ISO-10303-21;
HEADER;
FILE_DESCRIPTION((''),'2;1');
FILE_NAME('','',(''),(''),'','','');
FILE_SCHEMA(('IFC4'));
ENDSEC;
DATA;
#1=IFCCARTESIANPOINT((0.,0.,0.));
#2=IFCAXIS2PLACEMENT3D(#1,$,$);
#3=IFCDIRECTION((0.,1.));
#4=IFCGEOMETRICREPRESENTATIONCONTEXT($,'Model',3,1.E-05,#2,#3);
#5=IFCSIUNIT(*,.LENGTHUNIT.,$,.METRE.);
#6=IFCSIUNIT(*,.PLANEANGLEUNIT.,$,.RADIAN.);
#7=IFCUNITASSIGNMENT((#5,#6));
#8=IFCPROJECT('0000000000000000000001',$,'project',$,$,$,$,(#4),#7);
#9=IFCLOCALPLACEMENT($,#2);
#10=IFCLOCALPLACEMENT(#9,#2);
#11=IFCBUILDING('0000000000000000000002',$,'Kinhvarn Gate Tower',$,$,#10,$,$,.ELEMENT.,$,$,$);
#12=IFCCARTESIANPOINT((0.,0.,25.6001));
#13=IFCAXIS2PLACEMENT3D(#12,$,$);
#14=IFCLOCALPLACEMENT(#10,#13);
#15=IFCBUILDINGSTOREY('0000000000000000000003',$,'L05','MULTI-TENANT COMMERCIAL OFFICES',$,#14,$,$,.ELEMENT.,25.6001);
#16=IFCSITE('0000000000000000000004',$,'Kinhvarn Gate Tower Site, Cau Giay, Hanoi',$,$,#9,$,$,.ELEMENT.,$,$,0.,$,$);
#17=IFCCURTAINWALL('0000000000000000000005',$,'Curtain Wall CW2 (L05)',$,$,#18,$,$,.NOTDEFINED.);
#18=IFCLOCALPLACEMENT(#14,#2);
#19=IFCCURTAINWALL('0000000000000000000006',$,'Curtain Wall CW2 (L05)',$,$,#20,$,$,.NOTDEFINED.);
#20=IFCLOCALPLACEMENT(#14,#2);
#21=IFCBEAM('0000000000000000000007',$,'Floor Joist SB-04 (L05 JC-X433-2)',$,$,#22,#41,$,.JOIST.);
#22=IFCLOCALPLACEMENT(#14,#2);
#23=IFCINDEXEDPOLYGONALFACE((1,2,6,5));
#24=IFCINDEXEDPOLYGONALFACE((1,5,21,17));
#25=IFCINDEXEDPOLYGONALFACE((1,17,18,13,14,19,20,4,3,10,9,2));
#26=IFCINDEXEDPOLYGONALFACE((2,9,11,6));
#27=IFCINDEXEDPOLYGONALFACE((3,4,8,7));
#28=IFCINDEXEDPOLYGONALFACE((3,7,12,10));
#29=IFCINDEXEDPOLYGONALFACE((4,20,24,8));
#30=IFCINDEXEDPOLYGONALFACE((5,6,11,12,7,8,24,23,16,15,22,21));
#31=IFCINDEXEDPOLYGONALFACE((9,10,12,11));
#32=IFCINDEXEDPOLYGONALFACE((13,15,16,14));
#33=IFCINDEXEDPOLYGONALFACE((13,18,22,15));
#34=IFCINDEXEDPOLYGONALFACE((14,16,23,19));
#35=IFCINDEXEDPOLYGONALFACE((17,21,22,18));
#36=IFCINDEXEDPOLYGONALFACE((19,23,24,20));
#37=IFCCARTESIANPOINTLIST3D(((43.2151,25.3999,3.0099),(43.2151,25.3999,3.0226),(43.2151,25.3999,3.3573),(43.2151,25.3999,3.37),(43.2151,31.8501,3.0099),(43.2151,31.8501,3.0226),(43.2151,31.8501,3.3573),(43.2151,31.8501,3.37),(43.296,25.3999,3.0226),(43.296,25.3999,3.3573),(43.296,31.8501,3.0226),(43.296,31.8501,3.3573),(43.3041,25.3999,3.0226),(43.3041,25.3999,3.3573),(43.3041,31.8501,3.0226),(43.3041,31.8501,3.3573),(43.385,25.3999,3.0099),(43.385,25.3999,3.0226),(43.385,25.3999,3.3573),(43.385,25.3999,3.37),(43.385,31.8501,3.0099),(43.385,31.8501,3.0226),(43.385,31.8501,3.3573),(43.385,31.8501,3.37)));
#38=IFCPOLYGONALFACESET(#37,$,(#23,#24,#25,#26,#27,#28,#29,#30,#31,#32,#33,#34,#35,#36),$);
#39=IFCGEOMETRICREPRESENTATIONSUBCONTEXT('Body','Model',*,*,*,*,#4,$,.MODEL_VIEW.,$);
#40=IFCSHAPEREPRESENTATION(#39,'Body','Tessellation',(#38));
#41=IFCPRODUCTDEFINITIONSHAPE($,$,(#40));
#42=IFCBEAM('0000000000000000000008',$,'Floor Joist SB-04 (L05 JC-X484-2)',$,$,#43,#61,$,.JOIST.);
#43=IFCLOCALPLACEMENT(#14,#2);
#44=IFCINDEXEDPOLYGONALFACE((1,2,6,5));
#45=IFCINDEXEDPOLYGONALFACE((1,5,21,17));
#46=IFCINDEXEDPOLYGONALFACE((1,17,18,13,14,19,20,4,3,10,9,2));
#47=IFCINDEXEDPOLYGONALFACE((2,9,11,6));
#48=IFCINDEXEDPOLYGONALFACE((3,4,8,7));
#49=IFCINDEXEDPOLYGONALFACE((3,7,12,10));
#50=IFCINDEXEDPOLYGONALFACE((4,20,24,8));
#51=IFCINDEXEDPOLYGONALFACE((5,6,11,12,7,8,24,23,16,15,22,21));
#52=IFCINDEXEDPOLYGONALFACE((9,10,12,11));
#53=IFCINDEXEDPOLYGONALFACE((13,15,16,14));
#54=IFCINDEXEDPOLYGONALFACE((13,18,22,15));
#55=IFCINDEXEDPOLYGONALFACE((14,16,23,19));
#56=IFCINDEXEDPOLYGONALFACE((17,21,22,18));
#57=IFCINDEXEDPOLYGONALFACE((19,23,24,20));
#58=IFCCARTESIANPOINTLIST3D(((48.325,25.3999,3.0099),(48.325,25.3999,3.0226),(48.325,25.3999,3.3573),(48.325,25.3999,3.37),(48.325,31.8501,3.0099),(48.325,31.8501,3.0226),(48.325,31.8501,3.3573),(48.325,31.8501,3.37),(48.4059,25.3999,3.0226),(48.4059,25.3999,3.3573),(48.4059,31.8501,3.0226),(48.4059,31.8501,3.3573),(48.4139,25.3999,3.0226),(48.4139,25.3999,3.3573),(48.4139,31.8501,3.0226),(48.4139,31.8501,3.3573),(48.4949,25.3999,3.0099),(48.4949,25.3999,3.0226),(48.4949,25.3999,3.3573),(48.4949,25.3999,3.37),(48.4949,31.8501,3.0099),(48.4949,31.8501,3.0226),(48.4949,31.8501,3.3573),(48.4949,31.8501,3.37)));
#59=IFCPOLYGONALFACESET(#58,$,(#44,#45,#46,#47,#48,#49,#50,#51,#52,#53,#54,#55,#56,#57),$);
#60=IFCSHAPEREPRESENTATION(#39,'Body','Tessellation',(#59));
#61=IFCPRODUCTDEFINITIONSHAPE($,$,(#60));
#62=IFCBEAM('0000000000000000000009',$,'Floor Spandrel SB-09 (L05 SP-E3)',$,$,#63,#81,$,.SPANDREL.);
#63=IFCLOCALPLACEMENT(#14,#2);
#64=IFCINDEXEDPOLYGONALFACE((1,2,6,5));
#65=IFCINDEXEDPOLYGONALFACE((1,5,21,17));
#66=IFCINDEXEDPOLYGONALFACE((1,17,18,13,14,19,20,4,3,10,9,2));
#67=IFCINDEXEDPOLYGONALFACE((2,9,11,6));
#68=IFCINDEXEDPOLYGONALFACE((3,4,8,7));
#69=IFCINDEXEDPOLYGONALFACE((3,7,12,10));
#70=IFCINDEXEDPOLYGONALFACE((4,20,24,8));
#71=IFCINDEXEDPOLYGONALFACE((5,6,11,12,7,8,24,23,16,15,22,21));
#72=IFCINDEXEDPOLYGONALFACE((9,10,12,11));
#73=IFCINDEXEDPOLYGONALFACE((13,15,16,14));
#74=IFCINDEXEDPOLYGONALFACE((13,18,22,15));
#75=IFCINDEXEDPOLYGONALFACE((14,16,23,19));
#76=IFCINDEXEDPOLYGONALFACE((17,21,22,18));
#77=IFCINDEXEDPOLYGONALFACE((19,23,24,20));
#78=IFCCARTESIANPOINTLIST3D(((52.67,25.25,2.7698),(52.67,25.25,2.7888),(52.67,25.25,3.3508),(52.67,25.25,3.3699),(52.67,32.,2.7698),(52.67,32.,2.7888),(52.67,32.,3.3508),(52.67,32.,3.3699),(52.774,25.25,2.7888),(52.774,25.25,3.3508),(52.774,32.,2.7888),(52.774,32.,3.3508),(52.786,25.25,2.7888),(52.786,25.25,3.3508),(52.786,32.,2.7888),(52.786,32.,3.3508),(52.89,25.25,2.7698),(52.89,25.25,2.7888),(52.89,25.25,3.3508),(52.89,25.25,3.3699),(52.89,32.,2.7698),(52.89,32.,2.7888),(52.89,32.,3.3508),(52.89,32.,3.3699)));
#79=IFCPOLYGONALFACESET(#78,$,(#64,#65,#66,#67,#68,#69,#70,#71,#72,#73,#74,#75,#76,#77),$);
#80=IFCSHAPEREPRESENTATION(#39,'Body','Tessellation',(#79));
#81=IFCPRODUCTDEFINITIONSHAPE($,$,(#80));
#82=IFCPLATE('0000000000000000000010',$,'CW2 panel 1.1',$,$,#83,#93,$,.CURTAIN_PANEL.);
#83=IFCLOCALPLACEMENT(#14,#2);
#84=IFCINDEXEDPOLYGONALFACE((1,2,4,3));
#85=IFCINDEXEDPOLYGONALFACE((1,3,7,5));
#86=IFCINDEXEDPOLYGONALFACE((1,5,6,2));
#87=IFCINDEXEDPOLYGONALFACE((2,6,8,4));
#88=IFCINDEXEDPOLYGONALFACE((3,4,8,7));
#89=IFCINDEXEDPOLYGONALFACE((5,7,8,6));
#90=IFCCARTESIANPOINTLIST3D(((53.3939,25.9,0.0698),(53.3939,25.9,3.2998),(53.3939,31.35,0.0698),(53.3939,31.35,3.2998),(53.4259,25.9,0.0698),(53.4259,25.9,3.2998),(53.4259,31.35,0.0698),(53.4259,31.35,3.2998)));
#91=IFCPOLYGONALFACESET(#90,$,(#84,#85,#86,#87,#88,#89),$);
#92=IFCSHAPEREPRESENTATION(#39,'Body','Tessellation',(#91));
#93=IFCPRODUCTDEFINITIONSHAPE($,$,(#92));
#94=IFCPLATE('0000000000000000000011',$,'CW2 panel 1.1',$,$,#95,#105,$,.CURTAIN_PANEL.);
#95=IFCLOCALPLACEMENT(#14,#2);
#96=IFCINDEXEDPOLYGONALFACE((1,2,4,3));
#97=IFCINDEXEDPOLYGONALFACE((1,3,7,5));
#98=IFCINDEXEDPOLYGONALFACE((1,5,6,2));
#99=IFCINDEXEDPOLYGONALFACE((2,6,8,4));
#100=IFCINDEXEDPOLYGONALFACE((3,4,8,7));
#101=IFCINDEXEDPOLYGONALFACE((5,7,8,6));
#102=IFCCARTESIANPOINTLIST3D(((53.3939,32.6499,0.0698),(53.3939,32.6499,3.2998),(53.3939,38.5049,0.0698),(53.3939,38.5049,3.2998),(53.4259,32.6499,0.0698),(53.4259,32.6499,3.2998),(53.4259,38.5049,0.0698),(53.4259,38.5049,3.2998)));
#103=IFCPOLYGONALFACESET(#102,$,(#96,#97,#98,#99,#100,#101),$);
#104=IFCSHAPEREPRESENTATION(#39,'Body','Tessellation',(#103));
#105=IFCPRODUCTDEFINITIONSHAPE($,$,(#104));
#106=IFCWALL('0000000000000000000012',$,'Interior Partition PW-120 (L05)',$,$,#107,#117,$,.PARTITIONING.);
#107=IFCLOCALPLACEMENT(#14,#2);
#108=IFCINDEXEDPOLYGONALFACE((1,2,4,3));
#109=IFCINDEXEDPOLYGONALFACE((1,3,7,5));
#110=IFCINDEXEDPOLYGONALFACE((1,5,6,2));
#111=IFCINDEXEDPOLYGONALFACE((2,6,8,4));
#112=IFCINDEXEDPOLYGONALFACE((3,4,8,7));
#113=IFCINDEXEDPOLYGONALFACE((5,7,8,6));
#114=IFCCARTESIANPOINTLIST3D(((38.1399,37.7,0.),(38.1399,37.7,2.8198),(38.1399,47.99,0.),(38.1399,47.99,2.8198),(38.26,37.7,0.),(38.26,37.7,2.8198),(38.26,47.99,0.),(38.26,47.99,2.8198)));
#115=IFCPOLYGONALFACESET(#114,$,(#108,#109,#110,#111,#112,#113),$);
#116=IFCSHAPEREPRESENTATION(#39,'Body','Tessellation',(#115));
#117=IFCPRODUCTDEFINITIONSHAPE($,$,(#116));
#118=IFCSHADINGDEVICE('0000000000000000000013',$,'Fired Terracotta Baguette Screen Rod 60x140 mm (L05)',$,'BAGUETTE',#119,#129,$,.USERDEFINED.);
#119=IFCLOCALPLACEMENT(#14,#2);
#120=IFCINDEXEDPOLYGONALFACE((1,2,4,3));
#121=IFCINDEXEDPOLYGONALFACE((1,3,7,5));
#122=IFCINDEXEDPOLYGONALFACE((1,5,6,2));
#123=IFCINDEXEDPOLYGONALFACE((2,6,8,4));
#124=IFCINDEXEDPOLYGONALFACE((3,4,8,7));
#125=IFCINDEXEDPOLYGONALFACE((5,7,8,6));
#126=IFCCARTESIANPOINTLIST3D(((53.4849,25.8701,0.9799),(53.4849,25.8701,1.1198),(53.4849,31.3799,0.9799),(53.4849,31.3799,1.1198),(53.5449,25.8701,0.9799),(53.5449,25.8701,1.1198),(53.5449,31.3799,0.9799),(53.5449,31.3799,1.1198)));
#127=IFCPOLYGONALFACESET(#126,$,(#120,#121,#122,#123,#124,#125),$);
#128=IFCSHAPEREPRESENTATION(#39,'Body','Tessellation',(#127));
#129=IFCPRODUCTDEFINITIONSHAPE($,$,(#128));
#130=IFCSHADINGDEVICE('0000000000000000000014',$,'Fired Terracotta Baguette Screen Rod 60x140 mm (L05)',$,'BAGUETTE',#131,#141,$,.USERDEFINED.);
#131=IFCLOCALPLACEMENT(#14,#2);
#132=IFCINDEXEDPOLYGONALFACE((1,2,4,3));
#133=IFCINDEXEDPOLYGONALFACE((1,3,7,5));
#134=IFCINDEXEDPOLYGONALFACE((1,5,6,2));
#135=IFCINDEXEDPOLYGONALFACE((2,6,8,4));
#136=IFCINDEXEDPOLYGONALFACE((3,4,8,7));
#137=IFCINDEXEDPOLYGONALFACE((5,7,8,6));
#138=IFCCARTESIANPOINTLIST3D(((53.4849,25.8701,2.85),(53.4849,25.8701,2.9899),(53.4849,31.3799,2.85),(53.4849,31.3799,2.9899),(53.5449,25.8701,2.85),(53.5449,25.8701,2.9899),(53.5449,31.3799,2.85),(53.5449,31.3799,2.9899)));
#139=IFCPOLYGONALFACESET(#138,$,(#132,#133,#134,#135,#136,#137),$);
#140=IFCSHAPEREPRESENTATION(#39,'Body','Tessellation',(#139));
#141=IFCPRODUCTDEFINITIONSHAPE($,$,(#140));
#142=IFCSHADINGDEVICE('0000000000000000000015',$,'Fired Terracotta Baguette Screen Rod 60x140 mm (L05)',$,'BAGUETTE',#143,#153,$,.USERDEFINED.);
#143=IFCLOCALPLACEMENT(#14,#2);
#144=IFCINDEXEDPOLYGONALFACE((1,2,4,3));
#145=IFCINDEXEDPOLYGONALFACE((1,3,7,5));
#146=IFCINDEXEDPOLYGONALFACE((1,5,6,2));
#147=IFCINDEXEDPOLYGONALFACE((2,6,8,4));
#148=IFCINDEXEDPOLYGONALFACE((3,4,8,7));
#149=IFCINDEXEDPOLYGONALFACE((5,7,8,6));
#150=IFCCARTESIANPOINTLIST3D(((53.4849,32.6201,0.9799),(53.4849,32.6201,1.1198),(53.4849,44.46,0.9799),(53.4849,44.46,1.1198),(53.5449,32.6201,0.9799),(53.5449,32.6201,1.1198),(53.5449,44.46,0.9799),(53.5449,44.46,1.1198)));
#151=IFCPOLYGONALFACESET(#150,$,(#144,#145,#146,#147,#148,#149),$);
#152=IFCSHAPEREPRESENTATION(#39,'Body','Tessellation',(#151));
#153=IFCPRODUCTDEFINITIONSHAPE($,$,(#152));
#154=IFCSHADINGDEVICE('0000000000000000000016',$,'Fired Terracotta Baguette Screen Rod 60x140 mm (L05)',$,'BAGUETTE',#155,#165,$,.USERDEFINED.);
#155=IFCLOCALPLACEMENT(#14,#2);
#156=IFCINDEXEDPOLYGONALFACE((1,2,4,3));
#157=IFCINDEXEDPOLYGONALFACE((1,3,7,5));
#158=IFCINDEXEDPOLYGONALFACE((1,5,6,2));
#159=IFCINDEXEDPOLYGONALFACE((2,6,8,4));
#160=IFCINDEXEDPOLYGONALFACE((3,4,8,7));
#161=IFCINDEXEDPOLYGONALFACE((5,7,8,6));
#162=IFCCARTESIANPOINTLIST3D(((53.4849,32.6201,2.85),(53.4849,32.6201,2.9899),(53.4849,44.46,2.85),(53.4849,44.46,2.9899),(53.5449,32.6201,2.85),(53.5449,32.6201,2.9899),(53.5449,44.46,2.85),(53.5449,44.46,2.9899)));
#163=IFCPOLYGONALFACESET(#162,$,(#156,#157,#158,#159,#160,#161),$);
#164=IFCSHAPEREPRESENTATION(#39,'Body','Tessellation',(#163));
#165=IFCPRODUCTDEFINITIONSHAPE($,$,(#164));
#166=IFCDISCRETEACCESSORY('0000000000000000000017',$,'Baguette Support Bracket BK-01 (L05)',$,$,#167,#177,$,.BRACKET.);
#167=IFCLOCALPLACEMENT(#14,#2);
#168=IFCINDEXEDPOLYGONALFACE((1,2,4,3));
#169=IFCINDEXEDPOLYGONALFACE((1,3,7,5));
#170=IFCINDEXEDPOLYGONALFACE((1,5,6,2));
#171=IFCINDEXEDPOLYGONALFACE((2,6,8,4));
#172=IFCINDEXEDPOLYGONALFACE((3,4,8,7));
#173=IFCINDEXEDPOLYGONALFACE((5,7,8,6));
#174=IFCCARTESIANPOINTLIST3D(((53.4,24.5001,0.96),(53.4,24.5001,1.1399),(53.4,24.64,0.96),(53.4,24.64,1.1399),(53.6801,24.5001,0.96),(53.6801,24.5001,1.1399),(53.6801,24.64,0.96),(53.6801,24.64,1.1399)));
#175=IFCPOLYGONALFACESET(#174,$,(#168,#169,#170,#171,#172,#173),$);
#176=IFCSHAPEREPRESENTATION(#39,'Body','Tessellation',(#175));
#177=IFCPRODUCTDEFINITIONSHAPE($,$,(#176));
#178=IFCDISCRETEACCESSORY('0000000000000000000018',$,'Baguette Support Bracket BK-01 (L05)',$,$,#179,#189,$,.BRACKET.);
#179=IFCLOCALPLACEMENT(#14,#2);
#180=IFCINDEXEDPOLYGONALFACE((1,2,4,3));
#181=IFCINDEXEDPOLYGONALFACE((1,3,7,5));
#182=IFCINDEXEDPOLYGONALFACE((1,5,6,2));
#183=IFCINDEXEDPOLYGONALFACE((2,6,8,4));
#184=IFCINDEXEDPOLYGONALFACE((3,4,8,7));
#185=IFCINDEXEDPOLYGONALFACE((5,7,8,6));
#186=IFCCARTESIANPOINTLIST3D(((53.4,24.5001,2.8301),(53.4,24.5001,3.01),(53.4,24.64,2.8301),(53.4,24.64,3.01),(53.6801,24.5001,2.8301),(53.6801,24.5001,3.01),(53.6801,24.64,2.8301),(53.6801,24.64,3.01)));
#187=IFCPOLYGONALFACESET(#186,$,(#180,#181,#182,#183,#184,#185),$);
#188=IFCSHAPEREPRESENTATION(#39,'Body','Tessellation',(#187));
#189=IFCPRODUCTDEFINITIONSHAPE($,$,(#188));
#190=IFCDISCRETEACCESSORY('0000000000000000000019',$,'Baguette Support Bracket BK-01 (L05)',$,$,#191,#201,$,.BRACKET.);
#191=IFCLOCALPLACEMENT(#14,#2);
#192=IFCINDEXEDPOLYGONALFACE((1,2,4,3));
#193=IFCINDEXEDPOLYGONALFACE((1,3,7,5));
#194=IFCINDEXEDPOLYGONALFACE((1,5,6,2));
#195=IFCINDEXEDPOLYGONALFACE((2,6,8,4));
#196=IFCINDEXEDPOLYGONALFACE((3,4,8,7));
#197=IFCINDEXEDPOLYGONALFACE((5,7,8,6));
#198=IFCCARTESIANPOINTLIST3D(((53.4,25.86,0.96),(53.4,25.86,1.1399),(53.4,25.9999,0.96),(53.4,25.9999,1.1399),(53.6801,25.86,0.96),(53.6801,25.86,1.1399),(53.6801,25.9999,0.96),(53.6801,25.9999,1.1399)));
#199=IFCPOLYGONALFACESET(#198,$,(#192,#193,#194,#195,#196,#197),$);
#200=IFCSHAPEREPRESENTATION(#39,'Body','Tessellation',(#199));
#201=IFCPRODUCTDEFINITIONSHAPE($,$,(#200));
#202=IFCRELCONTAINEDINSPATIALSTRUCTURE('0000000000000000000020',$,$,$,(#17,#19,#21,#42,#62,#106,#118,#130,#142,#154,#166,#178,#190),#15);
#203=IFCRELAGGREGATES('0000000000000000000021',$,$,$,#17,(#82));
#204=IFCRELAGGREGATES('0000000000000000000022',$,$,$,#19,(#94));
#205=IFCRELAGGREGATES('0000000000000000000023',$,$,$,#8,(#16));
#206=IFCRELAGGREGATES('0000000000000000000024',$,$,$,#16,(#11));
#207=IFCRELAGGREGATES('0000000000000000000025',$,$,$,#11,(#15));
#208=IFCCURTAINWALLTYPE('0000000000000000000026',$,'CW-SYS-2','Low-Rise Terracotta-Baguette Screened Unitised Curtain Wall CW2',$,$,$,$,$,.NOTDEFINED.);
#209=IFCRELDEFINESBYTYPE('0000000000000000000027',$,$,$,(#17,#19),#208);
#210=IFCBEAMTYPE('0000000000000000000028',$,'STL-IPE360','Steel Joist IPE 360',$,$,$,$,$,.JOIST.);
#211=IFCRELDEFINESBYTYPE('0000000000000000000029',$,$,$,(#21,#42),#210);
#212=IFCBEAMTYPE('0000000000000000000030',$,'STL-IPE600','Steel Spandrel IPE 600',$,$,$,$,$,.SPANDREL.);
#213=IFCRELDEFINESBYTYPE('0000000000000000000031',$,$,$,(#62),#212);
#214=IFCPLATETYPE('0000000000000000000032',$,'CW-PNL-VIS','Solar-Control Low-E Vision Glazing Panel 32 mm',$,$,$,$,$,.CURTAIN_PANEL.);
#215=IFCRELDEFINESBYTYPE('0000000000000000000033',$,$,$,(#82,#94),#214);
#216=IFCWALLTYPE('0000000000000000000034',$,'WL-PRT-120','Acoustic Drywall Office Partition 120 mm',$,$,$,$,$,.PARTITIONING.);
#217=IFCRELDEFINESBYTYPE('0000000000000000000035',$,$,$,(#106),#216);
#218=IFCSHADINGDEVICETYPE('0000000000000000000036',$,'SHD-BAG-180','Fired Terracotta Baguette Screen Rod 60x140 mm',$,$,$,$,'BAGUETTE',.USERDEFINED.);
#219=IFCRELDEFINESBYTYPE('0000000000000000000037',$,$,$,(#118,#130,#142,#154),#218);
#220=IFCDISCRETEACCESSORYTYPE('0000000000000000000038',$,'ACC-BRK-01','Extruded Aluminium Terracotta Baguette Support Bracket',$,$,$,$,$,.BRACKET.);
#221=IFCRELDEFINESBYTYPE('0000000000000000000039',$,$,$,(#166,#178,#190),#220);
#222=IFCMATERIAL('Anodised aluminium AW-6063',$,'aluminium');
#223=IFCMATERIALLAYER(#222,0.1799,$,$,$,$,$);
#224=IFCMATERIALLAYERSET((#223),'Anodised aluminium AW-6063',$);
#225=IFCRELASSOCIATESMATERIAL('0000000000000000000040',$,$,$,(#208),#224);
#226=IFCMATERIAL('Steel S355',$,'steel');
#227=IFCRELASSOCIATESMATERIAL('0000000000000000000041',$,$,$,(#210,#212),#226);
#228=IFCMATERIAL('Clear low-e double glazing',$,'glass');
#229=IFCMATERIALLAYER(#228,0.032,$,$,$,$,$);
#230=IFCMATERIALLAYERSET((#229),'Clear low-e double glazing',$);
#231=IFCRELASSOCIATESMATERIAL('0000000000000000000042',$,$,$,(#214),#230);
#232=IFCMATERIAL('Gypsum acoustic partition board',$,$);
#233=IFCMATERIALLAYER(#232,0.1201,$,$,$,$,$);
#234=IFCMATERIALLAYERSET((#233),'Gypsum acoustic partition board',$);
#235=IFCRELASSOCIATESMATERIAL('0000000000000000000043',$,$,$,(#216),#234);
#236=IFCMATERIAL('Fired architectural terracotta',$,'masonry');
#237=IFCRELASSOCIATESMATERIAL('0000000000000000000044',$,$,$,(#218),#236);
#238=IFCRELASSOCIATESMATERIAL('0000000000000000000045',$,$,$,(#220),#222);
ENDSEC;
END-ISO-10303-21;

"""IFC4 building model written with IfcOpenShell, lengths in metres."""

from ifc_helpers import new_model, si_unit, direction, frame, frame_2d, origin, origin_2d, place, context, subcontext, project, spatial, rectangle, i_section, extrude, material, layer, layer_set, material_profile, profile_set, type_object, element, aggregate, save


model = new_model("IFC4")

# Units and contexts
model_context = context("Model", 3, precision=1e-05, world=origin(), true_north=direction((0.0, 1.0)))
body_context = subcontext(model_context, "Body", "Model", "MODEL_VIEW")
ifc_project = project(units=[si_unit("LENGTHUNIT", "METRE"), si_unit("PLANEANGLEUNIT", "RADIAN")], contexts=[model_context])

# Site, building, storey
site_placement = place(None, origin())
site = spatial("IfcSite", under=ifc_project, at=site_placement, Name="Kinhvarn Gate Tower Site, Cau Giay, Hanoi", CompositionType="ELEMENT", RefElevation=0.0)
building_placement = place(site_placement, origin())
building = spatial("IfcBuilding", under=site, at=building_placement, Name="Kinhvarn Gate Tower", CompositionType="ELEMENT")
storey_placement = place(building_placement, frame((0.0, 0.0, 25.6001)))
storey = spatial("IfcBuildingStorey", under=building, at=storey_placement, Name="L05", Description="MULTI-TENANT COMMERCIAL OFFICES", CompositionType="ELEMENT", Elevation=25.6001)

# Shared definitions
ifc_material_1 = material(Name="Anodised aluminium AW-6063", Category="aluminium")
ifc_layer_1 = layer(ifc_material_1, 0.1799)
ifc_layer_set_1 = layer_set([ifc_layer_1], Name="Anodised aluminium AW-6063")
curtain_wall_type = type_object("IfcCurtainWallType", Name="CW-SYS-2", Description="Low-Rise Terracotta-Baguette Screened Unitised Curtain Wall CW2", PredefinedType="NOTDEFINED", material=ifc_layer_set_1)

# Curtain walls
curtain_wall_1_placement = place(storey_placement, origin())
curtain_wall_1 = element("IfcCurtainWall", 1, at=curtain_wall_1_placement, inside=storey, type_object=curtain_wall_type, Name="Curtain Wall CW2 (L05)", PredefinedType="NOTDEFINED")
curtain_wall_2_placement = place(storey_placement, origin())
curtain_wall_2 = element("IfcCurtainWall", 2, at=curtain_wall_2_placement, inside=storey, type_object=curtain_wall_type, Name="Curtain Wall CW2 (L05)", PredefinedType="NOTDEFINED")

# Beams
ifc_material_2 = material(Name="Steel S355", Category="steel")
ifc_material_profile_1 = material_profile(ifc_material_2, i_section(OverallWidth=0.1699, OverallDepth=0.3601, WebThickness=0.0081, FlangeThickness=0.0127, at=origin_2d()), Name="IPE 360")
ifc_profile_set_1 = profile_set([ifc_material_profile_1], Name="Steel S355")
beam_type_1 = type_object("IfcBeamType", Name="STL-IPE360", Description="Steel Joist IPE 360", PredefinedType="JOIST", material=ifc_profile_set_1)
for number, where, z_axis, x_axis, name in (
    (3, (43.3, 25.3999, 3.1899), (0.0, 1.0, 0.0), (-1.0, 0.0, 0.0), "Floor Joist SB-04 (L05 JC-X433-2)"),
    (4, (48.4099, 25.3999, 3.1899), (0.0, 1.0, 0.0), (-1.0, 0.0, 0.0), "Floor Joist SB-04 (L05 JC-X484-2)"),
):
    element("IfcBeam", number, at=place(storey_placement, frame(where, z_axis=z_axis, x_axis=x_axis)), inside=storey, type_object=beam_type_1, Name=name, PredefinedType="JOIST", context=body_context, shape_type="SweptSolid", body=[
        extrude(i_section(OverallWidth=0.1699, OverallDepth=0.3601, WebThickness=0.0081, FlangeThickness=0.0127, at=origin_2d()), origin(), (0.0, 0.0, 1.0), 6.4502),
    ])
ifc_material_profile_2 = material_profile(ifc_material_2, i_section(OverallWidth=0.22, OverallDepth=0.6001, WebThickness=0.012, FlangeThickness=0.019, at=origin_2d()), Name="IPE 600")
ifc_profile_set_2 = profile_set([ifc_material_profile_2], Name="Steel S355")
beam_type_2 = type_object("IfcBeamType", Name="STL-IPE600", Description="Steel Spandrel IPE 600", PredefinedType="SPANDREL", material=ifc_profile_set_2)
beam_1_placement = place(storey_placement, frame((52.78, 25.25, 3.0698), z_axis=(0.0, 1.0, 0.0), x_axis=(-1.0, 0.0, 0.0)))
element("IfcBeam", 5, at=beam_1_placement, inside=storey, type_object=beam_type_2, Name="Floor Spandrel SB-09 (L05 SP-E3)", PredefinedType="SPANDREL", context=body_context, shape_type="SweptSolid", body=[
    extrude(i_section(OverallWidth=0.22, OverallDepth=0.6001, WebThickness=0.012, FlangeThickness=0.019, at=origin_2d()), origin(), (0.0, 0.0, 1.0), 6.75),
])

# Plates
ifc_material_3 = material(Name="Clear low-e double glazing", Category="glass")
ifc_layer_2 = layer(ifc_material_3, 0.032)
ifc_layer_set_2 = layer_set([ifc_layer_2], Name="Clear low-e double glazing")
plate_type = type_object("IfcPlateType", Name="CW-PNL-VIS", Description="Solar-Control Low-E Vision Glazing Panel 32 mm", PredefinedType="CURTAIN_PANEL", material=ifc_layer_set_2)
plate_1_placement = place(storey_placement, frame((53.4099, 28.625, 0.0698), z_axis=(0.0, 0.0, 1.0), x_axis=(0.0, 1.0, 0.0)))
plate_1 = element("IfcPlate", 6, at=plate_1_placement, type_object=plate_type, Name="CW2 panel 1.1", PredefinedType="CURTAIN_PANEL", context=body_context, shape_type="SweptSolid", body=[
    extrude(rectangle(XDim=5.45, YDim=0.032, at=origin_2d()), origin(), (0.0, 0.0, 1.0), 3.23),
])
aggregate(curtain_wall_1, [plate_1])
plate_2_placement = place(storey_placement, frame((53.4099, 35.5774, 0.0698), z_axis=(0.0, 0.0, 1.0), x_axis=(0.0, 1.0, 0.0)))
plate_2 = element("IfcPlate", 7, at=plate_2_placement, type_object=plate_type, Name="CW2 panel 1.1", PredefinedType="CURTAIN_PANEL", context=body_context, shape_type="SweptSolid", body=[
    extrude(rectangle(XDim=5.855, YDim=0.032, at=origin_2d()), origin(), (0.0, 0.0, 1.0), 3.23),
])
aggregate(curtain_wall_2, [plate_2])

# Wall
ifc_material_4 = material(Name="Gypsum acoustic partition board")
ifc_layer_3 = layer(ifc_material_4, 0.1201)
ifc_layer_set_3 = layer_set([ifc_layer_3], Name="Gypsum acoustic partition board")
wall_type = type_object("IfcWallType", Name="WL-PRT-120", Description="Acoustic Drywall Office Partition 120 mm", PredefinedType="PARTITIONING", material=ifc_layer_set_3)
wall_placement = place(storey_placement, frame((38.2, 37.7, 0.0), z_axis=(0.0, 0.0, 1.0), x_axis=(0.0, 1.0, 0.0)))
element("IfcWall", 8, at=wall_placement, inside=storey, type_object=wall_type, Name="Interior Partition PW-120 (L05)", PredefinedType="PARTITIONING", context=body_context, shape_type="SweptSolid", body=[
    extrude(rectangle(XDim=10.29, YDim=0.1201, at=frame_2d((5.145, 0.0))), origin(), (0.0, 0.0, 1.0), 2.8198),
])

# Shading devices
ifc_material_5 = material(Name="Fired architectural terracotta", Category="masonry")
ifc_material_profile_3 = material_profile(ifc_material_5, rectangle(XDim=0.0601, YDim=0.1399, at=origin_2d()), Name="TC 60x140")
ifc_profile_set_3 = profile_set([ifc_material_profile_3], Name="Fired architectural terracotta")
shading_device_type = type_object("IfcShadingDeviceType", Name="SHD-BAG-180", Description="Fired Terracotta Baguette Screen Rod 60x140 mm", ElementType="BAGUETTE", PredefinedType="USERDEFINED", material=ifc_profile_set_3)
for number, where, z_axis, x_axis, name in (
    (9, (53.5149, 25.8701, 1.0498), (0.0, 1.0, 0.0), (-1.0, 0.0, 0.0), "Fired Terracotta Baguette Screen Rod 60x140 mm (L05)"),
    (10, (53.5149, 25.8701, 2.9199), (0.0, 1.0, 0.0), (-1.0, 0.0, 0.0), "Fired Terracotta Baguette Screen Rod 60x140 mm (L05)"),
):
    element("IfcShadingDevice", number, at=place(storey_placement, frame(where, z_axis=z_axis, x_axis=x_axis)), inside=storey, type_object=shading_device_type, Name=name, ObjectType="BAGUETTE", PredefinedType="USERDEFINED", context=body_context, shape_type="SweptSolid", body=[
        extrude(rectangle(XDim=0.0601, YDim=0.1399, at=origin_2d()), origin(), (0.0, 0.0, 1.0), 5.5098),
    ])
for number, where, z_axis, x_axis, name in (
    (11, (53.5149, 32.6201, 1.0498), (0.0, 1.0, 0.0), (-1.0, 0.0, 0.0), "Fired Terracotta Baguette Screen Rod 60x140 mm (L05)"),
    (12, (53.5149, 32.6201, 2.9199), (0.0, 1.0, 0.0), (-1.0, 0.0, 0.0), "Fired Terracotta Baguette Screen Rod 60x140 mm (L05)"),
):
    element("IfcShadingDevice", number, at=place(storey_placement, frame(where, z_axis=z_axis, x_axis=x_axis)), inside=storey, type_object=shading_device_type, Name=name, ObjectType="BAGUETTE", PredefinedType="USERDEFINED", context=body_context, shape_type="SweptSolid", body=[
        extrude(rectangle(XDim=0.0601, YDim=0.1399, at=origin_2d()), origin(), (0.0, 0.0, 1.0), 11.8398),
    ])

# Discrete accessories
discrete_accessory_type = type_object("IfcDiscreteAccessoryType", Name="ACC-BRK-01", Description="Extruded Aluminium Terracotta Baguette Support Bracket", PredefinedType="BRACKET", material=ifc_material_1)
for number, where, z_axis, x_axis, name in (
    (13, (53.54, 24.5701, 0.96), (0.0, 0.0, 1.0), (0.0, 1.0, 0.0), "Baguette Support Bracket BK-01 (L05)"),
    (14, (53.54, 24.5701, 2.8301), (0.0, 0.0, 1.0), (0.0, 1.0, 0.0), "Baguette Support Bracket BK-01 (L05)"),
    (15, (53.54, 25.9299, 0.96), (0.0, 0.0, 1.0), (0.0, 1.0, 0.0), "Baguette Support Bracket BK-01 (L05)"),
):
    element("IfcDiscreteAccessory", number, at=place(storey_placement, frame(where, z_axis=z_axis, x_axis=x_axis)), inside=storey, type_object=discrete_accessory_type, Name=name, PredefinedType="BRACKET", context=body_context, shape_type="SweptSolid", body=[
        extrude(rectangle(XDim=0.1399, YDim=0.28, at=origin_2d()), origin(), (0.0, 0.0, 1.0), 0.1799),
    ])

save(model, "model.ifc")
